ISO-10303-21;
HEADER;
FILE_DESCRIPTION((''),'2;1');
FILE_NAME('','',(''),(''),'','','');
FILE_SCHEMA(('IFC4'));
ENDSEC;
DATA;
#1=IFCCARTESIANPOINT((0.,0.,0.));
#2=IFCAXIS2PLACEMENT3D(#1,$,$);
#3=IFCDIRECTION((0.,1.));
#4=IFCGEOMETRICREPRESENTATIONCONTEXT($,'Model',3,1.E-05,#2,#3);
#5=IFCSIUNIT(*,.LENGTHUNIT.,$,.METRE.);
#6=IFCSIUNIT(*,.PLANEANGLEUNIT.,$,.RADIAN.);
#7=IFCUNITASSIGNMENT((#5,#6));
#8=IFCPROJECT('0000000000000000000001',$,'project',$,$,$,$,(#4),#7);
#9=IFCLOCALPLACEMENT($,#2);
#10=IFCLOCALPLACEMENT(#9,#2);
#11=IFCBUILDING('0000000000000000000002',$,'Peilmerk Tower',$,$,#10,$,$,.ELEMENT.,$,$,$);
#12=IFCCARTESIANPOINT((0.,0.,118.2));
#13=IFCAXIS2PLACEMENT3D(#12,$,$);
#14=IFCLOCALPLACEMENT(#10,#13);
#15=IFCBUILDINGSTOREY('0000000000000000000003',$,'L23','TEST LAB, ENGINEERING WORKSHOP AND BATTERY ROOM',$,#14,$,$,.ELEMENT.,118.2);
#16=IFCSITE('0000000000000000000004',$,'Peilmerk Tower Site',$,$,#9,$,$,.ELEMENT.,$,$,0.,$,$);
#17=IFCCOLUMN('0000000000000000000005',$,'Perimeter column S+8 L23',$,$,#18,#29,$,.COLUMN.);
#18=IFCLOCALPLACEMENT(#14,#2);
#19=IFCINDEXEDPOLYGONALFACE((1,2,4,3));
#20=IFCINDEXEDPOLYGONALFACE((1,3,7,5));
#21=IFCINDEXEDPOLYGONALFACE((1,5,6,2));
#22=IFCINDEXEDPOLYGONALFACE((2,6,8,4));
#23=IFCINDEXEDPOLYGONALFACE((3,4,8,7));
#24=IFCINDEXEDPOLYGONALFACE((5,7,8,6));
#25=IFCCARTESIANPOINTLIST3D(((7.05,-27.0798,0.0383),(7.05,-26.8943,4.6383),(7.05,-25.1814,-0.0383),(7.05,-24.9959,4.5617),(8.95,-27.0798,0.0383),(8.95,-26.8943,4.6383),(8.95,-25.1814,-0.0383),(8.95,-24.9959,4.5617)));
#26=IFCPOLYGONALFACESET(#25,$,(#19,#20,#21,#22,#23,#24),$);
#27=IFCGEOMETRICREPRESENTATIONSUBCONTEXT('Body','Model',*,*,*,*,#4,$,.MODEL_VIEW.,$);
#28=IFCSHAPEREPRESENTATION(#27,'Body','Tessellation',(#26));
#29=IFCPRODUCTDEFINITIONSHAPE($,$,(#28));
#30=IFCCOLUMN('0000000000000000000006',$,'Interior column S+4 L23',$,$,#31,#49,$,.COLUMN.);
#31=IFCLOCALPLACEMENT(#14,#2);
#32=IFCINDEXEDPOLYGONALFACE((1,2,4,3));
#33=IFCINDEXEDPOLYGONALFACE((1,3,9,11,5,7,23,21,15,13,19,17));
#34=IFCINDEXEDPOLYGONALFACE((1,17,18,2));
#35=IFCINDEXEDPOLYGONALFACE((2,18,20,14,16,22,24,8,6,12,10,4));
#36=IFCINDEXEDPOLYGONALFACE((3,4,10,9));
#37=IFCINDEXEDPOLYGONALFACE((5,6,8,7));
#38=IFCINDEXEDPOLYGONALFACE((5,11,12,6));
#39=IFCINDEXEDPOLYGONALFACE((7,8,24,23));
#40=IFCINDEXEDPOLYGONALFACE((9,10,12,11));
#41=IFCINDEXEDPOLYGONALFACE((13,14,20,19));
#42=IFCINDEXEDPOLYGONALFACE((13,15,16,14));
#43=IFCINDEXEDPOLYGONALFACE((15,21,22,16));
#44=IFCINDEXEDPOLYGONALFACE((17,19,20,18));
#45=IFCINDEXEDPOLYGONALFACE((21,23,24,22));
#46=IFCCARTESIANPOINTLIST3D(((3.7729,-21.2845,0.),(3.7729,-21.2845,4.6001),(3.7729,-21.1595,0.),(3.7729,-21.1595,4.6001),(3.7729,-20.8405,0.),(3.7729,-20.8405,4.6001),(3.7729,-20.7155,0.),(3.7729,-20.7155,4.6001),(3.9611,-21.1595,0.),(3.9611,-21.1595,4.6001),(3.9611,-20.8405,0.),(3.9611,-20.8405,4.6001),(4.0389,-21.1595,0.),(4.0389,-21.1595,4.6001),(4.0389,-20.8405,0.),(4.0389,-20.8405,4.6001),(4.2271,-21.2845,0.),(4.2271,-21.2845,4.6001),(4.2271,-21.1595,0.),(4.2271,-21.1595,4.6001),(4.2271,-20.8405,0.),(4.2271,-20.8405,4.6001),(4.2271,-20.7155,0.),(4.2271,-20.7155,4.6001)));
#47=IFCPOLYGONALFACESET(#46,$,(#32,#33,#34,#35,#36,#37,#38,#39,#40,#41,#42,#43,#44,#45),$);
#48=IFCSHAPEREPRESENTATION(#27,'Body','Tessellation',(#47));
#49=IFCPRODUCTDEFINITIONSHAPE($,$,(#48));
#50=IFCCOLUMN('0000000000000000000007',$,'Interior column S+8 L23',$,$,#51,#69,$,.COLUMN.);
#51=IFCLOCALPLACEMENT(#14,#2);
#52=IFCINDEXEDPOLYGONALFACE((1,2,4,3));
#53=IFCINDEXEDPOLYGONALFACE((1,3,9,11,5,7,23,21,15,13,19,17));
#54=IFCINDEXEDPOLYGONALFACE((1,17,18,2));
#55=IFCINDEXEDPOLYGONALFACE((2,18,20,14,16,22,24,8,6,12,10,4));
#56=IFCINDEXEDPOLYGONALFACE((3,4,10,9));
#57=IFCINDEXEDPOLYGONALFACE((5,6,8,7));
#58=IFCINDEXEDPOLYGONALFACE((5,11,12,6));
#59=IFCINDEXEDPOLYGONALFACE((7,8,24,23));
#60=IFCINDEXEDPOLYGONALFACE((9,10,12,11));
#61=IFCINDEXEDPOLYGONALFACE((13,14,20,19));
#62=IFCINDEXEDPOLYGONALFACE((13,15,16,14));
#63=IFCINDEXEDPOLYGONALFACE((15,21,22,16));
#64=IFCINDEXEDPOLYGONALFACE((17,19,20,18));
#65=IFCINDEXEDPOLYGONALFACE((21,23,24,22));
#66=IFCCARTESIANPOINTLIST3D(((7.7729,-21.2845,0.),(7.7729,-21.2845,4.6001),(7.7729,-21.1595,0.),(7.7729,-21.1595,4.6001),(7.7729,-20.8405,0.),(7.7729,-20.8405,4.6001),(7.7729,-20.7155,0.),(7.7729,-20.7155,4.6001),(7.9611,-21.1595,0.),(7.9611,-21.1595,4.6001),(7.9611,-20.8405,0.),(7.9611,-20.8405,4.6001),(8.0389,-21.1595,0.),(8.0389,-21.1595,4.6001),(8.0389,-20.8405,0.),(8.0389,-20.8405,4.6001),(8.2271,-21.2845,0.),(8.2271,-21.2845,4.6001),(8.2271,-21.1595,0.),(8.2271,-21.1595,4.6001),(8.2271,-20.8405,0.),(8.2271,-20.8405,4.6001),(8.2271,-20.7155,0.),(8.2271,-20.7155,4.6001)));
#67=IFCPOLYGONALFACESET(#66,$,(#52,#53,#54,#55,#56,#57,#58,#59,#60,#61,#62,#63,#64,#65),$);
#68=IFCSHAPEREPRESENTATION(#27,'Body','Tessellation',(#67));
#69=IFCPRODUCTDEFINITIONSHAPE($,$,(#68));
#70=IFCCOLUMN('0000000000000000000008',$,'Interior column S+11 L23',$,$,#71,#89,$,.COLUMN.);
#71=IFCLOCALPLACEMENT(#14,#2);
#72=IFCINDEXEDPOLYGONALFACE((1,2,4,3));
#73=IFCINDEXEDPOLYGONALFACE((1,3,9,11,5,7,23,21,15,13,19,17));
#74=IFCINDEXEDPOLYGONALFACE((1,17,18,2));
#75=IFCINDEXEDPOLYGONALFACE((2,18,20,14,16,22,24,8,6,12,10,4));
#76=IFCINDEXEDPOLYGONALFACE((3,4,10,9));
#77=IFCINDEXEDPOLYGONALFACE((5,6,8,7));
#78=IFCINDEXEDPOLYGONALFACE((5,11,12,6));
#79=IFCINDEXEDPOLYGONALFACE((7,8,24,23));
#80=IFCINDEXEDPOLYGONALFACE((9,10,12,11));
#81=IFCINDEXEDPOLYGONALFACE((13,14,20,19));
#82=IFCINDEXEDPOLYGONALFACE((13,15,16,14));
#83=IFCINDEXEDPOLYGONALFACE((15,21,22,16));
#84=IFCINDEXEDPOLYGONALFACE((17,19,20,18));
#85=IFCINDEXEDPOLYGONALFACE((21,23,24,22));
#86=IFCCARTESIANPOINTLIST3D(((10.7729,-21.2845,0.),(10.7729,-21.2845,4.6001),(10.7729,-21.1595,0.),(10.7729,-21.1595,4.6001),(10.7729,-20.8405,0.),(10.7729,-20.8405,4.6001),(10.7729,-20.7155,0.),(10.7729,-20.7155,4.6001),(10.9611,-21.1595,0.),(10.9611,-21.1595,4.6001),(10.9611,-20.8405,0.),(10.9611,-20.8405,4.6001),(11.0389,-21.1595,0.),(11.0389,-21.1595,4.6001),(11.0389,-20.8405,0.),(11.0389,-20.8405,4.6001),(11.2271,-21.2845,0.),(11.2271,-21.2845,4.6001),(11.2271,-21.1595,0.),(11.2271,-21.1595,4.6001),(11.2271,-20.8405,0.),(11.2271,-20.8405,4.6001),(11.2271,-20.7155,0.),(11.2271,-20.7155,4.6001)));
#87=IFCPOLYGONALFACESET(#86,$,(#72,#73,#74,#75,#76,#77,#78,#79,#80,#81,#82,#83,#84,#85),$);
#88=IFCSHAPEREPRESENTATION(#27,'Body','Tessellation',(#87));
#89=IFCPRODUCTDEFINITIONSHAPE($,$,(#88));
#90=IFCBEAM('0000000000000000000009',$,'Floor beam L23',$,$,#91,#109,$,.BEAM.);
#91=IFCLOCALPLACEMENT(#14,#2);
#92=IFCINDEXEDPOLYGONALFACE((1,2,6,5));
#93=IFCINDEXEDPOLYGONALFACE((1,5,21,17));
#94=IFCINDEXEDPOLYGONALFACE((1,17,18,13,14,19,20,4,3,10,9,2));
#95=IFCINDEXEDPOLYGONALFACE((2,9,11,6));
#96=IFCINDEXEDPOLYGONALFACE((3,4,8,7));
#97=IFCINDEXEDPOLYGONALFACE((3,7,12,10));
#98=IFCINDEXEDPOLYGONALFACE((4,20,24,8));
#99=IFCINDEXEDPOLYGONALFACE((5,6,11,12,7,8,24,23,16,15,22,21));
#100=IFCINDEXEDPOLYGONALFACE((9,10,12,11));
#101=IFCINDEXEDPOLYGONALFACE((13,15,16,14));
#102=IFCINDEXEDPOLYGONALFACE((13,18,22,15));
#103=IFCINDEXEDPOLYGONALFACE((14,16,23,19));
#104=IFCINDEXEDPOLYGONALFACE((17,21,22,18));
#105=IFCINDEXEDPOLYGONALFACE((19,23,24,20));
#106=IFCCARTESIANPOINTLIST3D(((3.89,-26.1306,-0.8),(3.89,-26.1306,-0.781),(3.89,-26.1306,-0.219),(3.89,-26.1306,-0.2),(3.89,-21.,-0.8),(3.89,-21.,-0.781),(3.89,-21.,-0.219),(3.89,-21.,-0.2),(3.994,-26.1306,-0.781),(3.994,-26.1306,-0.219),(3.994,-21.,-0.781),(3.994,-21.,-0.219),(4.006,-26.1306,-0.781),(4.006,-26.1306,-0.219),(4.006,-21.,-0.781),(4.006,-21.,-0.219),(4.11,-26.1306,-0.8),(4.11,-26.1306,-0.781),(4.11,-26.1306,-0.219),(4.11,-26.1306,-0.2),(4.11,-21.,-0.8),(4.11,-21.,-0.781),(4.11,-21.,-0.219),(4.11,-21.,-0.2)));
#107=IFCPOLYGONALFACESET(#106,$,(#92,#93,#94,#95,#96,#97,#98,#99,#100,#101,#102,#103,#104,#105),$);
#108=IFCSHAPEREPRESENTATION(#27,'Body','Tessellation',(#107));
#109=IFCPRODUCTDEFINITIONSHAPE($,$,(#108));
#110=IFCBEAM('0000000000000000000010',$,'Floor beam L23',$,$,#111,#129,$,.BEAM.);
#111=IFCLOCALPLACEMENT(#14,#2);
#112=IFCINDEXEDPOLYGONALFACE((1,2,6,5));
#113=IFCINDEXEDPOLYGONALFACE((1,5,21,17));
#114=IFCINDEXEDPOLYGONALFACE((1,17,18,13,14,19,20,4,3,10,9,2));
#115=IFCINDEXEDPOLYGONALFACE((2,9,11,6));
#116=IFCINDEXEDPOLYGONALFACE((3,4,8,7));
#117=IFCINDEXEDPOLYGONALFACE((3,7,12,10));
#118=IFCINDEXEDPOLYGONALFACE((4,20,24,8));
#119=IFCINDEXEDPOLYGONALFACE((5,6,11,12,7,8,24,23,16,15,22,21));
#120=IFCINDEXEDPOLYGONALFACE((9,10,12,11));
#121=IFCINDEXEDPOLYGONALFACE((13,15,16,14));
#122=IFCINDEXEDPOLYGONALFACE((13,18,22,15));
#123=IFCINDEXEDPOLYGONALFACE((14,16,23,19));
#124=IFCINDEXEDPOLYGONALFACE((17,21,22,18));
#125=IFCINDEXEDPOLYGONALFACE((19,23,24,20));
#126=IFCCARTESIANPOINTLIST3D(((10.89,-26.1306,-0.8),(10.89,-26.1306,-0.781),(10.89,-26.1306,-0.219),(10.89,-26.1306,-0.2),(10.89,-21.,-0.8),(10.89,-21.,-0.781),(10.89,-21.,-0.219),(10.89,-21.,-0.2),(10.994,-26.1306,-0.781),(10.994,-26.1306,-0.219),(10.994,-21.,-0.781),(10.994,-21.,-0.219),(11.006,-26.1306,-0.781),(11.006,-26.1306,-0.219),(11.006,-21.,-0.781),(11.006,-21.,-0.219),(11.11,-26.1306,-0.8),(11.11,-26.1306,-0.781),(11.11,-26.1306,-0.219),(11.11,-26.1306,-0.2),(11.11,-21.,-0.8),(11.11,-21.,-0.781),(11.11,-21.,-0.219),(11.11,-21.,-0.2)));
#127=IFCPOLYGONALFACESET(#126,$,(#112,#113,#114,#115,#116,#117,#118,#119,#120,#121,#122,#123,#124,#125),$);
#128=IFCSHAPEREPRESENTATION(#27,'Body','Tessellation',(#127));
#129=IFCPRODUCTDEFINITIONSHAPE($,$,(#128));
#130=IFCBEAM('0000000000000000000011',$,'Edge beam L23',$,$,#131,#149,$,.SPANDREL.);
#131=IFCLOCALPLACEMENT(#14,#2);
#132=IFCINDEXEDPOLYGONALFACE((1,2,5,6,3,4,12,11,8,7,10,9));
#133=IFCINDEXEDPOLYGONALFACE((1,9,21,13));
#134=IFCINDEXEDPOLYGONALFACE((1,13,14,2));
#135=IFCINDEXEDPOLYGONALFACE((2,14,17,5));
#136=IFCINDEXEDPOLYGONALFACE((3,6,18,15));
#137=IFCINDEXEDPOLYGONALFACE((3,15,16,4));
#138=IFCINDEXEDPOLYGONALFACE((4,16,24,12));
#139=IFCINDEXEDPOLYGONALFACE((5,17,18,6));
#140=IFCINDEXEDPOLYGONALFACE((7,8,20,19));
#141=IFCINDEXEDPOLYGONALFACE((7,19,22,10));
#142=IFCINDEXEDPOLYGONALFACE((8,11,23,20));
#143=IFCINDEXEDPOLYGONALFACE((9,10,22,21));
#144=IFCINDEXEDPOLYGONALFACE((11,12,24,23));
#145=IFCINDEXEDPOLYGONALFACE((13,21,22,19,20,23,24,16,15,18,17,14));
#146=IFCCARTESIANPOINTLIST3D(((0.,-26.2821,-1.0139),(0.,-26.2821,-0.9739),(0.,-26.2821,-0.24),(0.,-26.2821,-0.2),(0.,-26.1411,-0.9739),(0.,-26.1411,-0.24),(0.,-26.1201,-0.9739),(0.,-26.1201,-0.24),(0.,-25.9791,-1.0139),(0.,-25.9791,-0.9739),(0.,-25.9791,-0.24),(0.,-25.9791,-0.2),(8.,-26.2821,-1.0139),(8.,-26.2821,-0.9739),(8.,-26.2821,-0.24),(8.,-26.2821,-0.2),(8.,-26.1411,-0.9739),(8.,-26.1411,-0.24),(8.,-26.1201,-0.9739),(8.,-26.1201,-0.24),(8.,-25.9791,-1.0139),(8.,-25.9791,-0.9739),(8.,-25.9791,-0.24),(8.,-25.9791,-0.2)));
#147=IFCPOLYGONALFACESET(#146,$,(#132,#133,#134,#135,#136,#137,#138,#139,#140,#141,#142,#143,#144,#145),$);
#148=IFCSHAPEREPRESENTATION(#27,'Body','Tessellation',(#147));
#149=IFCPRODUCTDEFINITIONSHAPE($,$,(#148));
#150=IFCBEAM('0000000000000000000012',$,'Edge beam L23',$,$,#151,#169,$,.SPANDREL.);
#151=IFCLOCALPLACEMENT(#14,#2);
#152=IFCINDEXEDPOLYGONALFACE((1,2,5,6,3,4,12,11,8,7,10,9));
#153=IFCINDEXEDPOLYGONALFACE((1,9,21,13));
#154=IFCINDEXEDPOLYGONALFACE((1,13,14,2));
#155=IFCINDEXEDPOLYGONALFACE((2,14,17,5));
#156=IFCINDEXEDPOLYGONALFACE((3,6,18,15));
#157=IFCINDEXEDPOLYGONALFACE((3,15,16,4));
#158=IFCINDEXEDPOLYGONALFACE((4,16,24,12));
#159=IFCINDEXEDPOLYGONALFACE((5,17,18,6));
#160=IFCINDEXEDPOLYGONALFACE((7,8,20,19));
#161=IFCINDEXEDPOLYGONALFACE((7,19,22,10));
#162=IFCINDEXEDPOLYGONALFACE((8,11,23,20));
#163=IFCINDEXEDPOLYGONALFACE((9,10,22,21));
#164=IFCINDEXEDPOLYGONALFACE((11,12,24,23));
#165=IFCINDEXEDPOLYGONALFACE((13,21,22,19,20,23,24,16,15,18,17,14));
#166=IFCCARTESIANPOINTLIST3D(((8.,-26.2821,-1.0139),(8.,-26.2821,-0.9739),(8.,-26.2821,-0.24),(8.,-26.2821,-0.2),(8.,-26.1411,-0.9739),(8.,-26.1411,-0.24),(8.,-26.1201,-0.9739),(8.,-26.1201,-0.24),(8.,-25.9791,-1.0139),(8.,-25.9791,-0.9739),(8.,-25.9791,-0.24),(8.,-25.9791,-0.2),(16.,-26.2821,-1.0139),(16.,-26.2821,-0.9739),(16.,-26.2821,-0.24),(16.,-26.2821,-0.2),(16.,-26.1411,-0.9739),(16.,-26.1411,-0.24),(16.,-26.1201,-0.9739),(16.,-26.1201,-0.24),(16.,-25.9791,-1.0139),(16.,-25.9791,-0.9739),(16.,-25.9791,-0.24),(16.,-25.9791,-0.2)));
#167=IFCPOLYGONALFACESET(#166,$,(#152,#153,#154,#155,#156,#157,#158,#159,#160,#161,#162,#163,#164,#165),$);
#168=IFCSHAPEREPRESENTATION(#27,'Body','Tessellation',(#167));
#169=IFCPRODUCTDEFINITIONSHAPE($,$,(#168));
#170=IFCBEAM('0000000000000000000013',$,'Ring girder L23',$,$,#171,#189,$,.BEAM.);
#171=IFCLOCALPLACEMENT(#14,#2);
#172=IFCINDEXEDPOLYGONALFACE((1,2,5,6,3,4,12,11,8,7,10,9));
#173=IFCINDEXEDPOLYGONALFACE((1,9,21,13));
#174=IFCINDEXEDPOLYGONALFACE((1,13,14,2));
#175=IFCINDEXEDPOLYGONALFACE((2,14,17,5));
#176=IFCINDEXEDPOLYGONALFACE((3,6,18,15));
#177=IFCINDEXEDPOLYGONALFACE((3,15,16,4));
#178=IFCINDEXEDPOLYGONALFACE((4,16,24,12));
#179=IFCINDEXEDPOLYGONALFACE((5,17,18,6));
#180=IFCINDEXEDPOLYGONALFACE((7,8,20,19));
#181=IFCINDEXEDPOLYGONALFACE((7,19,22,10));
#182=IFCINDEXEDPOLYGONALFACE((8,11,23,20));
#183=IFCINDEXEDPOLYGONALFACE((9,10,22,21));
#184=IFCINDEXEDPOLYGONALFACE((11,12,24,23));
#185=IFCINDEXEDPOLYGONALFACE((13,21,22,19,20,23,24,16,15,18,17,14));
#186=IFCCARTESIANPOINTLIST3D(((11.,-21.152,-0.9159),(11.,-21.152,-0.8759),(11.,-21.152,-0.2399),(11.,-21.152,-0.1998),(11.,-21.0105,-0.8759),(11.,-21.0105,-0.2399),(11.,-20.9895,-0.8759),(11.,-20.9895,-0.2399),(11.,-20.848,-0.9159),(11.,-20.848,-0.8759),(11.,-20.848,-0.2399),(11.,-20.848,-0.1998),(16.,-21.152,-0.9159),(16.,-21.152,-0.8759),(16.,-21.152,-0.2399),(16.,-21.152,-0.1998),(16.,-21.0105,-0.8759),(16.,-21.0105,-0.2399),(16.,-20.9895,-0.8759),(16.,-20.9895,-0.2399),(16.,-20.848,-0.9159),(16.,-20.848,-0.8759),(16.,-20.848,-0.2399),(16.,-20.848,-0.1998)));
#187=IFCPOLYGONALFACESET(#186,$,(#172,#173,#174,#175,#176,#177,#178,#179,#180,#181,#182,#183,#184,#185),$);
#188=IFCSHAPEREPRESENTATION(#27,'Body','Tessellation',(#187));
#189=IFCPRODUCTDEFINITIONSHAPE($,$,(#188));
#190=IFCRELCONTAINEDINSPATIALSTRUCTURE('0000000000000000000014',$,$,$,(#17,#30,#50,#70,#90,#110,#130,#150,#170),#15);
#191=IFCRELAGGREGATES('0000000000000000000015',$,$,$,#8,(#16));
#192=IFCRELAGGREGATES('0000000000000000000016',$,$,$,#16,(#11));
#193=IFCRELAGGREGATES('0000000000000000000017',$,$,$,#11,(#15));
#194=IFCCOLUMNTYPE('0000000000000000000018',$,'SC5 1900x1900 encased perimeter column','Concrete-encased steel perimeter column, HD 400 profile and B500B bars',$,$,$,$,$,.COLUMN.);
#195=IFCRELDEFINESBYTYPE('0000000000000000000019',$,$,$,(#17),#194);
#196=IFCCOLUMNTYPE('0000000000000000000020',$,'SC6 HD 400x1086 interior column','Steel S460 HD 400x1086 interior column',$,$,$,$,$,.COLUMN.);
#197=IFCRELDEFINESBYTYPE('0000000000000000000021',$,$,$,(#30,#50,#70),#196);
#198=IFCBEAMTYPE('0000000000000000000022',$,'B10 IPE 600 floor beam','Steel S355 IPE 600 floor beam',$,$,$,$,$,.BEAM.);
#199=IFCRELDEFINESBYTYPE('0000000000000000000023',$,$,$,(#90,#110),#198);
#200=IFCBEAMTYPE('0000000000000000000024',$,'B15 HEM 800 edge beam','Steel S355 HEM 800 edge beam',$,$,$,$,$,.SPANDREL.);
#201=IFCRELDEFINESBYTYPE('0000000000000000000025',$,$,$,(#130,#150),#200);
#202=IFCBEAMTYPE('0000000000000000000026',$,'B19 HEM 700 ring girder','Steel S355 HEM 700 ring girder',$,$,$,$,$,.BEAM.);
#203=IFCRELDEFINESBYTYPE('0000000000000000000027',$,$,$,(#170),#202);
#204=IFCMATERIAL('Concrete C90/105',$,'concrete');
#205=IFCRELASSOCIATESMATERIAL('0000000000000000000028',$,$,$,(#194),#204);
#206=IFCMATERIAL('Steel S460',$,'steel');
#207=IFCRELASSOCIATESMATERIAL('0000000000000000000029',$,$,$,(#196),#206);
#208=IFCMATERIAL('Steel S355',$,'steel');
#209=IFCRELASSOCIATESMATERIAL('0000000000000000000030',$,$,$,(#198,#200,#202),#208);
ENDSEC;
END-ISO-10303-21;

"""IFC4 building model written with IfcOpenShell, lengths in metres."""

from ifc_helpers import new_model, si_unit, direction, frame, origin, origin_2d, place, context, subcontext, project, spatial, rectangle, i_section, extrude, material, material_profile, profile_set, type_object, element, save


model = new_model("IFC4")

# Units and contexts
model_context = context("Model", 3, precision=1e-05, world=origin(), true_north=direction((0.0, 1.0)))
body_context = subcontext(model_context, "Body", "Model", "MODEL_VIEW")
ifc_project = project(units=[si_unit("LENGTHUNIT", "METRE"), si_unit("PLANEANGLEUNIT", "RADIAN")], contexts=[model_context])

# Site, building, storey
site_placement = place(None, origin())
site = spatial("IfcSite", under=ifc_project, at=site_placement, Name="Peilmerk Tower Site", CompositionType="ELEMENT", RefElevation=0.0)
building_placement = place(site_placement, origin())
building = spatial("IfcBuilding", under=site, at=building_placement, Name="Peilmerk Tower", CompositionType="ELEMENT")
storey_placement = place(building_placement, frame((0.0, 0.0, 118.2)))
storey = spatial("IfcBuildingStorey", under=building, at=storey_placement, Name="L23", Description="TEST LAB, ENGINEERING WORKSHOP AND BATTERY ROOM", CompositionType="ELEMENT", Elevation=118.2)

# Columns
ifc_material_1 = material(Name="Concrete C90/105", Category="concrete")
ifc_material_profile_1 = material_profile(ifc_material_1, rectangle(XDim=1.8999, YDim=1.8999, at=origin_2d()), Name="RC 1900x1900")
ifc_profile_set_1 = profile_set([ifc_material_profile_1], Name="Concrete C90/105")
column_type_1 = type_object("IfcColumnType", Name="SC5 1900x1900 encased perimeter column", Description="Concrete-encased steel perimeter column, HD 400 profile and B500B bars", PredefinedType="COLUMN", material=ifc_profile_set_1)
column_placement = place(storey_placement, frame((8.0, -26.1306, 0.0), z_axis=(0.0, 0.040303, 0.999188), x_axis=(-1.0, 0.0, 0.0)))
element("IfcColumn", 1, at=column_placement, inside=storey, type_object=column_type_1, Name="Perimeter column S+8 L23", PredefinedType="COLUMN", context=body_context, shape_type="SweptSolid", body=[
    extrude(rectangle(XDim=1.8999, YDim=1.8999, at=origin_2d()), origin(), (0.0, 0.0, 1.0), 4.6038),
])
ifc_material_2 = material(Name="Steel S460", Category="steel")
ifc_material_profile_2 = material_profile(ifc_material_2, i_section(OverallWidth=0.4541, OverallDepth=0.5691, WebThickness=0.0779, FlangeThickness=0.125, at=origin_2d()), Name="HD 400x1086")
ifc_profile_set_2 = profile_set([ifc_material_profile_2], Name="Steel S460")
column_type_2 = type_object("IfcColumnType", Name="SC6 HD 400x1086 interior column", Description="Steel S460 HD 400x1086 interior column", PredefinedType="COLUMN", material=ifc_profile_set_2)
for number, where, z_axis, x_axis, name in (
    (2, (4.0, -21.0, 0.0), (0.0, 0.0, 1.0), (1.0, 0.0, 0.0), "Interior column S+4 L23"),
    (3, (8.0, -21.0, 0.0), (0.0, 0.0, 1.0), (1.0, 0.0, 0.0), "Interior column S+8 L23"),
    (4, (11.0, -21.0, 0.0), (0.0, 0.0, 1.0), (1.0, 0.0, 0.0), "Interior column S+11 L23"),
):
    element("IfcColumn", number, at=place(storey_placement, frame(where, z_axis=z_axis, x_axis=x_axis)), inside=storey, type_object=column_type_2, Name=name, PredefinedType="COLUMN", context=body_context, shape_type="SweptSolid", body=[
        extrude(i_section(OverallWidth=0.4541, OverallDepth=0.5691, WebThickness=0.0779, FlangeThickness=0.125, at=origin_2d()), origin(), (0.0, 0.0, 1.0), 4.6001),
    ])

# Beams
ifc_material_3 = material(Name="Steel S355", Category="steel")
ifc_material_profile_3 = material_profile(ifc_material_3, i_section(OverallWidth=0.22, OverallDepth=0.6001, WebThickness=0.012, FlangeThickness=0.019, at=origin_2d()), Name="IPE 600")
ifc_profile_set_3 = profile_set([ifc_material_profile_3], Name="Steel S355")
beam_type_1 = type_object("IfcBeamType", Name="B10 IPE 600 floor beam", Description="Steel S355 IPE 600 floor beam", PredefinedType="BEAM", material=ifc_profile_set_3)
for number, where, z_axis, x_axis, name in (
    (5, (4.0, -21.0, -0.5), (0.0, -1.0, 0.0), (1.0, 0.0, 0.0), "Floor beam L23"),
    (6, (11.0, -21.0, -0.5), (0.0, -1.0, 0.0), (1.0, 0.0, 0.0), "Floor beam L23"),
):
    element("IfcBeam", number, at=place(storey_placement, frame(where, z_axis=z_axis, x_axis=x_axis)), inside=storey, type_object=beam_type_1, Name=name, PredefinedType="BEAM", context=body_context, shape_type="SweptSolid", body=[
        extrude(i_section(OverallWidth=0.22, OverallDepth=0.6001, WebThickness=0.012, FlangeThickness=0.019, at=origin_2d()), origin(), (0.0, 0.0, 1.0), 5.1306),
    ])
ifc_material_profile_4 = material_profile(ifc_material_3, i_section(OverallWidth=0.303, OverallDepth=0.814, WebThickness=0.021, FlangeThickness=0.04, at=origin_2d()), Name="HEM 800")
ifc_profile_set_4 = profile_set([ifc_material_profile_4], Name="Steel S355")
beam_type_2 = type_object("IfcBeamType", Name="B15 HEM 800 edge beam", Description="Steel S355 HEM 800 edge beam", PredefinedType="SPANDREL", material=ifc_profile_set_4)
for number, where, z_axis, x_axis, name in (
    (7, (0.0, -26.1306, -0.6069), (1.0, 0.0, 0.0), (0.0, 1.0, 0.0), "Edge beam L23"),
    (8, (8.0, -26.1306, -0.6069), (1.0, 0.0, 0.0), (0.0, 1.0, 0.0), "Edge beam L23"),
):
    element("IfcBeam", number, at=place(storey_placement, frame(where, z_axis=z_axis, x_axis=x_axis)), inside=storey, type_object=beam_type_2, Name=name, PredefinedType="SPANDREL", context=body_context, shape_type="SweptSolid", body=[
        extrude(i_section(OverallWidth=0.303, OverallDepth=0.814, WebThickness=0.021, FlangeThickness=0.04, at=origin_2d()), origin(), (0.0, 0.0, 1.0), 8.0),
    ])
ifc_material_profile_5 = material_profile(ifc_material_3, i_section(OverallWidth=0.304, OverallDepth=0.7161, WebThickness=0.021, FlangeThickness=0.04, at=origin_2d()), Name="HEM 700")
ifc_profile_set_5 = profile_set([ifc_material_profile_5], Name="Steel S355")
beam_type_3 = type_object("IfcBeamType", Name="B19 HEM 700 ring girder", Description="Steel S355 HEM 700 ring girder", PredefinedType="BEAM", material=ifc_profile_set_5)
beam_1_placement = place(storey_placement, frame((11.0, -21.0, -0.5579), z_axis=(1.0, 0.0, 0.0), x_axis=(0.0, 1.0, 0.0)))
element("IfcBeam", 9, at=beam_1_placement, inside=storey, type_object=beam_type_3, Name="Ring girder L23", PredefinedType="BEAM", context=body_context, shape_type="SweptSolid", body=[
    extrude(i_section(OverallWidth=0.304, OverallDepth=0.7161, WebThickness=0.021, FlangeThickness=0.04, at=origin_2d()), origin(), (0.0, 0.0, 1.0), 5.0),
])

save(model, "model.ifc")
